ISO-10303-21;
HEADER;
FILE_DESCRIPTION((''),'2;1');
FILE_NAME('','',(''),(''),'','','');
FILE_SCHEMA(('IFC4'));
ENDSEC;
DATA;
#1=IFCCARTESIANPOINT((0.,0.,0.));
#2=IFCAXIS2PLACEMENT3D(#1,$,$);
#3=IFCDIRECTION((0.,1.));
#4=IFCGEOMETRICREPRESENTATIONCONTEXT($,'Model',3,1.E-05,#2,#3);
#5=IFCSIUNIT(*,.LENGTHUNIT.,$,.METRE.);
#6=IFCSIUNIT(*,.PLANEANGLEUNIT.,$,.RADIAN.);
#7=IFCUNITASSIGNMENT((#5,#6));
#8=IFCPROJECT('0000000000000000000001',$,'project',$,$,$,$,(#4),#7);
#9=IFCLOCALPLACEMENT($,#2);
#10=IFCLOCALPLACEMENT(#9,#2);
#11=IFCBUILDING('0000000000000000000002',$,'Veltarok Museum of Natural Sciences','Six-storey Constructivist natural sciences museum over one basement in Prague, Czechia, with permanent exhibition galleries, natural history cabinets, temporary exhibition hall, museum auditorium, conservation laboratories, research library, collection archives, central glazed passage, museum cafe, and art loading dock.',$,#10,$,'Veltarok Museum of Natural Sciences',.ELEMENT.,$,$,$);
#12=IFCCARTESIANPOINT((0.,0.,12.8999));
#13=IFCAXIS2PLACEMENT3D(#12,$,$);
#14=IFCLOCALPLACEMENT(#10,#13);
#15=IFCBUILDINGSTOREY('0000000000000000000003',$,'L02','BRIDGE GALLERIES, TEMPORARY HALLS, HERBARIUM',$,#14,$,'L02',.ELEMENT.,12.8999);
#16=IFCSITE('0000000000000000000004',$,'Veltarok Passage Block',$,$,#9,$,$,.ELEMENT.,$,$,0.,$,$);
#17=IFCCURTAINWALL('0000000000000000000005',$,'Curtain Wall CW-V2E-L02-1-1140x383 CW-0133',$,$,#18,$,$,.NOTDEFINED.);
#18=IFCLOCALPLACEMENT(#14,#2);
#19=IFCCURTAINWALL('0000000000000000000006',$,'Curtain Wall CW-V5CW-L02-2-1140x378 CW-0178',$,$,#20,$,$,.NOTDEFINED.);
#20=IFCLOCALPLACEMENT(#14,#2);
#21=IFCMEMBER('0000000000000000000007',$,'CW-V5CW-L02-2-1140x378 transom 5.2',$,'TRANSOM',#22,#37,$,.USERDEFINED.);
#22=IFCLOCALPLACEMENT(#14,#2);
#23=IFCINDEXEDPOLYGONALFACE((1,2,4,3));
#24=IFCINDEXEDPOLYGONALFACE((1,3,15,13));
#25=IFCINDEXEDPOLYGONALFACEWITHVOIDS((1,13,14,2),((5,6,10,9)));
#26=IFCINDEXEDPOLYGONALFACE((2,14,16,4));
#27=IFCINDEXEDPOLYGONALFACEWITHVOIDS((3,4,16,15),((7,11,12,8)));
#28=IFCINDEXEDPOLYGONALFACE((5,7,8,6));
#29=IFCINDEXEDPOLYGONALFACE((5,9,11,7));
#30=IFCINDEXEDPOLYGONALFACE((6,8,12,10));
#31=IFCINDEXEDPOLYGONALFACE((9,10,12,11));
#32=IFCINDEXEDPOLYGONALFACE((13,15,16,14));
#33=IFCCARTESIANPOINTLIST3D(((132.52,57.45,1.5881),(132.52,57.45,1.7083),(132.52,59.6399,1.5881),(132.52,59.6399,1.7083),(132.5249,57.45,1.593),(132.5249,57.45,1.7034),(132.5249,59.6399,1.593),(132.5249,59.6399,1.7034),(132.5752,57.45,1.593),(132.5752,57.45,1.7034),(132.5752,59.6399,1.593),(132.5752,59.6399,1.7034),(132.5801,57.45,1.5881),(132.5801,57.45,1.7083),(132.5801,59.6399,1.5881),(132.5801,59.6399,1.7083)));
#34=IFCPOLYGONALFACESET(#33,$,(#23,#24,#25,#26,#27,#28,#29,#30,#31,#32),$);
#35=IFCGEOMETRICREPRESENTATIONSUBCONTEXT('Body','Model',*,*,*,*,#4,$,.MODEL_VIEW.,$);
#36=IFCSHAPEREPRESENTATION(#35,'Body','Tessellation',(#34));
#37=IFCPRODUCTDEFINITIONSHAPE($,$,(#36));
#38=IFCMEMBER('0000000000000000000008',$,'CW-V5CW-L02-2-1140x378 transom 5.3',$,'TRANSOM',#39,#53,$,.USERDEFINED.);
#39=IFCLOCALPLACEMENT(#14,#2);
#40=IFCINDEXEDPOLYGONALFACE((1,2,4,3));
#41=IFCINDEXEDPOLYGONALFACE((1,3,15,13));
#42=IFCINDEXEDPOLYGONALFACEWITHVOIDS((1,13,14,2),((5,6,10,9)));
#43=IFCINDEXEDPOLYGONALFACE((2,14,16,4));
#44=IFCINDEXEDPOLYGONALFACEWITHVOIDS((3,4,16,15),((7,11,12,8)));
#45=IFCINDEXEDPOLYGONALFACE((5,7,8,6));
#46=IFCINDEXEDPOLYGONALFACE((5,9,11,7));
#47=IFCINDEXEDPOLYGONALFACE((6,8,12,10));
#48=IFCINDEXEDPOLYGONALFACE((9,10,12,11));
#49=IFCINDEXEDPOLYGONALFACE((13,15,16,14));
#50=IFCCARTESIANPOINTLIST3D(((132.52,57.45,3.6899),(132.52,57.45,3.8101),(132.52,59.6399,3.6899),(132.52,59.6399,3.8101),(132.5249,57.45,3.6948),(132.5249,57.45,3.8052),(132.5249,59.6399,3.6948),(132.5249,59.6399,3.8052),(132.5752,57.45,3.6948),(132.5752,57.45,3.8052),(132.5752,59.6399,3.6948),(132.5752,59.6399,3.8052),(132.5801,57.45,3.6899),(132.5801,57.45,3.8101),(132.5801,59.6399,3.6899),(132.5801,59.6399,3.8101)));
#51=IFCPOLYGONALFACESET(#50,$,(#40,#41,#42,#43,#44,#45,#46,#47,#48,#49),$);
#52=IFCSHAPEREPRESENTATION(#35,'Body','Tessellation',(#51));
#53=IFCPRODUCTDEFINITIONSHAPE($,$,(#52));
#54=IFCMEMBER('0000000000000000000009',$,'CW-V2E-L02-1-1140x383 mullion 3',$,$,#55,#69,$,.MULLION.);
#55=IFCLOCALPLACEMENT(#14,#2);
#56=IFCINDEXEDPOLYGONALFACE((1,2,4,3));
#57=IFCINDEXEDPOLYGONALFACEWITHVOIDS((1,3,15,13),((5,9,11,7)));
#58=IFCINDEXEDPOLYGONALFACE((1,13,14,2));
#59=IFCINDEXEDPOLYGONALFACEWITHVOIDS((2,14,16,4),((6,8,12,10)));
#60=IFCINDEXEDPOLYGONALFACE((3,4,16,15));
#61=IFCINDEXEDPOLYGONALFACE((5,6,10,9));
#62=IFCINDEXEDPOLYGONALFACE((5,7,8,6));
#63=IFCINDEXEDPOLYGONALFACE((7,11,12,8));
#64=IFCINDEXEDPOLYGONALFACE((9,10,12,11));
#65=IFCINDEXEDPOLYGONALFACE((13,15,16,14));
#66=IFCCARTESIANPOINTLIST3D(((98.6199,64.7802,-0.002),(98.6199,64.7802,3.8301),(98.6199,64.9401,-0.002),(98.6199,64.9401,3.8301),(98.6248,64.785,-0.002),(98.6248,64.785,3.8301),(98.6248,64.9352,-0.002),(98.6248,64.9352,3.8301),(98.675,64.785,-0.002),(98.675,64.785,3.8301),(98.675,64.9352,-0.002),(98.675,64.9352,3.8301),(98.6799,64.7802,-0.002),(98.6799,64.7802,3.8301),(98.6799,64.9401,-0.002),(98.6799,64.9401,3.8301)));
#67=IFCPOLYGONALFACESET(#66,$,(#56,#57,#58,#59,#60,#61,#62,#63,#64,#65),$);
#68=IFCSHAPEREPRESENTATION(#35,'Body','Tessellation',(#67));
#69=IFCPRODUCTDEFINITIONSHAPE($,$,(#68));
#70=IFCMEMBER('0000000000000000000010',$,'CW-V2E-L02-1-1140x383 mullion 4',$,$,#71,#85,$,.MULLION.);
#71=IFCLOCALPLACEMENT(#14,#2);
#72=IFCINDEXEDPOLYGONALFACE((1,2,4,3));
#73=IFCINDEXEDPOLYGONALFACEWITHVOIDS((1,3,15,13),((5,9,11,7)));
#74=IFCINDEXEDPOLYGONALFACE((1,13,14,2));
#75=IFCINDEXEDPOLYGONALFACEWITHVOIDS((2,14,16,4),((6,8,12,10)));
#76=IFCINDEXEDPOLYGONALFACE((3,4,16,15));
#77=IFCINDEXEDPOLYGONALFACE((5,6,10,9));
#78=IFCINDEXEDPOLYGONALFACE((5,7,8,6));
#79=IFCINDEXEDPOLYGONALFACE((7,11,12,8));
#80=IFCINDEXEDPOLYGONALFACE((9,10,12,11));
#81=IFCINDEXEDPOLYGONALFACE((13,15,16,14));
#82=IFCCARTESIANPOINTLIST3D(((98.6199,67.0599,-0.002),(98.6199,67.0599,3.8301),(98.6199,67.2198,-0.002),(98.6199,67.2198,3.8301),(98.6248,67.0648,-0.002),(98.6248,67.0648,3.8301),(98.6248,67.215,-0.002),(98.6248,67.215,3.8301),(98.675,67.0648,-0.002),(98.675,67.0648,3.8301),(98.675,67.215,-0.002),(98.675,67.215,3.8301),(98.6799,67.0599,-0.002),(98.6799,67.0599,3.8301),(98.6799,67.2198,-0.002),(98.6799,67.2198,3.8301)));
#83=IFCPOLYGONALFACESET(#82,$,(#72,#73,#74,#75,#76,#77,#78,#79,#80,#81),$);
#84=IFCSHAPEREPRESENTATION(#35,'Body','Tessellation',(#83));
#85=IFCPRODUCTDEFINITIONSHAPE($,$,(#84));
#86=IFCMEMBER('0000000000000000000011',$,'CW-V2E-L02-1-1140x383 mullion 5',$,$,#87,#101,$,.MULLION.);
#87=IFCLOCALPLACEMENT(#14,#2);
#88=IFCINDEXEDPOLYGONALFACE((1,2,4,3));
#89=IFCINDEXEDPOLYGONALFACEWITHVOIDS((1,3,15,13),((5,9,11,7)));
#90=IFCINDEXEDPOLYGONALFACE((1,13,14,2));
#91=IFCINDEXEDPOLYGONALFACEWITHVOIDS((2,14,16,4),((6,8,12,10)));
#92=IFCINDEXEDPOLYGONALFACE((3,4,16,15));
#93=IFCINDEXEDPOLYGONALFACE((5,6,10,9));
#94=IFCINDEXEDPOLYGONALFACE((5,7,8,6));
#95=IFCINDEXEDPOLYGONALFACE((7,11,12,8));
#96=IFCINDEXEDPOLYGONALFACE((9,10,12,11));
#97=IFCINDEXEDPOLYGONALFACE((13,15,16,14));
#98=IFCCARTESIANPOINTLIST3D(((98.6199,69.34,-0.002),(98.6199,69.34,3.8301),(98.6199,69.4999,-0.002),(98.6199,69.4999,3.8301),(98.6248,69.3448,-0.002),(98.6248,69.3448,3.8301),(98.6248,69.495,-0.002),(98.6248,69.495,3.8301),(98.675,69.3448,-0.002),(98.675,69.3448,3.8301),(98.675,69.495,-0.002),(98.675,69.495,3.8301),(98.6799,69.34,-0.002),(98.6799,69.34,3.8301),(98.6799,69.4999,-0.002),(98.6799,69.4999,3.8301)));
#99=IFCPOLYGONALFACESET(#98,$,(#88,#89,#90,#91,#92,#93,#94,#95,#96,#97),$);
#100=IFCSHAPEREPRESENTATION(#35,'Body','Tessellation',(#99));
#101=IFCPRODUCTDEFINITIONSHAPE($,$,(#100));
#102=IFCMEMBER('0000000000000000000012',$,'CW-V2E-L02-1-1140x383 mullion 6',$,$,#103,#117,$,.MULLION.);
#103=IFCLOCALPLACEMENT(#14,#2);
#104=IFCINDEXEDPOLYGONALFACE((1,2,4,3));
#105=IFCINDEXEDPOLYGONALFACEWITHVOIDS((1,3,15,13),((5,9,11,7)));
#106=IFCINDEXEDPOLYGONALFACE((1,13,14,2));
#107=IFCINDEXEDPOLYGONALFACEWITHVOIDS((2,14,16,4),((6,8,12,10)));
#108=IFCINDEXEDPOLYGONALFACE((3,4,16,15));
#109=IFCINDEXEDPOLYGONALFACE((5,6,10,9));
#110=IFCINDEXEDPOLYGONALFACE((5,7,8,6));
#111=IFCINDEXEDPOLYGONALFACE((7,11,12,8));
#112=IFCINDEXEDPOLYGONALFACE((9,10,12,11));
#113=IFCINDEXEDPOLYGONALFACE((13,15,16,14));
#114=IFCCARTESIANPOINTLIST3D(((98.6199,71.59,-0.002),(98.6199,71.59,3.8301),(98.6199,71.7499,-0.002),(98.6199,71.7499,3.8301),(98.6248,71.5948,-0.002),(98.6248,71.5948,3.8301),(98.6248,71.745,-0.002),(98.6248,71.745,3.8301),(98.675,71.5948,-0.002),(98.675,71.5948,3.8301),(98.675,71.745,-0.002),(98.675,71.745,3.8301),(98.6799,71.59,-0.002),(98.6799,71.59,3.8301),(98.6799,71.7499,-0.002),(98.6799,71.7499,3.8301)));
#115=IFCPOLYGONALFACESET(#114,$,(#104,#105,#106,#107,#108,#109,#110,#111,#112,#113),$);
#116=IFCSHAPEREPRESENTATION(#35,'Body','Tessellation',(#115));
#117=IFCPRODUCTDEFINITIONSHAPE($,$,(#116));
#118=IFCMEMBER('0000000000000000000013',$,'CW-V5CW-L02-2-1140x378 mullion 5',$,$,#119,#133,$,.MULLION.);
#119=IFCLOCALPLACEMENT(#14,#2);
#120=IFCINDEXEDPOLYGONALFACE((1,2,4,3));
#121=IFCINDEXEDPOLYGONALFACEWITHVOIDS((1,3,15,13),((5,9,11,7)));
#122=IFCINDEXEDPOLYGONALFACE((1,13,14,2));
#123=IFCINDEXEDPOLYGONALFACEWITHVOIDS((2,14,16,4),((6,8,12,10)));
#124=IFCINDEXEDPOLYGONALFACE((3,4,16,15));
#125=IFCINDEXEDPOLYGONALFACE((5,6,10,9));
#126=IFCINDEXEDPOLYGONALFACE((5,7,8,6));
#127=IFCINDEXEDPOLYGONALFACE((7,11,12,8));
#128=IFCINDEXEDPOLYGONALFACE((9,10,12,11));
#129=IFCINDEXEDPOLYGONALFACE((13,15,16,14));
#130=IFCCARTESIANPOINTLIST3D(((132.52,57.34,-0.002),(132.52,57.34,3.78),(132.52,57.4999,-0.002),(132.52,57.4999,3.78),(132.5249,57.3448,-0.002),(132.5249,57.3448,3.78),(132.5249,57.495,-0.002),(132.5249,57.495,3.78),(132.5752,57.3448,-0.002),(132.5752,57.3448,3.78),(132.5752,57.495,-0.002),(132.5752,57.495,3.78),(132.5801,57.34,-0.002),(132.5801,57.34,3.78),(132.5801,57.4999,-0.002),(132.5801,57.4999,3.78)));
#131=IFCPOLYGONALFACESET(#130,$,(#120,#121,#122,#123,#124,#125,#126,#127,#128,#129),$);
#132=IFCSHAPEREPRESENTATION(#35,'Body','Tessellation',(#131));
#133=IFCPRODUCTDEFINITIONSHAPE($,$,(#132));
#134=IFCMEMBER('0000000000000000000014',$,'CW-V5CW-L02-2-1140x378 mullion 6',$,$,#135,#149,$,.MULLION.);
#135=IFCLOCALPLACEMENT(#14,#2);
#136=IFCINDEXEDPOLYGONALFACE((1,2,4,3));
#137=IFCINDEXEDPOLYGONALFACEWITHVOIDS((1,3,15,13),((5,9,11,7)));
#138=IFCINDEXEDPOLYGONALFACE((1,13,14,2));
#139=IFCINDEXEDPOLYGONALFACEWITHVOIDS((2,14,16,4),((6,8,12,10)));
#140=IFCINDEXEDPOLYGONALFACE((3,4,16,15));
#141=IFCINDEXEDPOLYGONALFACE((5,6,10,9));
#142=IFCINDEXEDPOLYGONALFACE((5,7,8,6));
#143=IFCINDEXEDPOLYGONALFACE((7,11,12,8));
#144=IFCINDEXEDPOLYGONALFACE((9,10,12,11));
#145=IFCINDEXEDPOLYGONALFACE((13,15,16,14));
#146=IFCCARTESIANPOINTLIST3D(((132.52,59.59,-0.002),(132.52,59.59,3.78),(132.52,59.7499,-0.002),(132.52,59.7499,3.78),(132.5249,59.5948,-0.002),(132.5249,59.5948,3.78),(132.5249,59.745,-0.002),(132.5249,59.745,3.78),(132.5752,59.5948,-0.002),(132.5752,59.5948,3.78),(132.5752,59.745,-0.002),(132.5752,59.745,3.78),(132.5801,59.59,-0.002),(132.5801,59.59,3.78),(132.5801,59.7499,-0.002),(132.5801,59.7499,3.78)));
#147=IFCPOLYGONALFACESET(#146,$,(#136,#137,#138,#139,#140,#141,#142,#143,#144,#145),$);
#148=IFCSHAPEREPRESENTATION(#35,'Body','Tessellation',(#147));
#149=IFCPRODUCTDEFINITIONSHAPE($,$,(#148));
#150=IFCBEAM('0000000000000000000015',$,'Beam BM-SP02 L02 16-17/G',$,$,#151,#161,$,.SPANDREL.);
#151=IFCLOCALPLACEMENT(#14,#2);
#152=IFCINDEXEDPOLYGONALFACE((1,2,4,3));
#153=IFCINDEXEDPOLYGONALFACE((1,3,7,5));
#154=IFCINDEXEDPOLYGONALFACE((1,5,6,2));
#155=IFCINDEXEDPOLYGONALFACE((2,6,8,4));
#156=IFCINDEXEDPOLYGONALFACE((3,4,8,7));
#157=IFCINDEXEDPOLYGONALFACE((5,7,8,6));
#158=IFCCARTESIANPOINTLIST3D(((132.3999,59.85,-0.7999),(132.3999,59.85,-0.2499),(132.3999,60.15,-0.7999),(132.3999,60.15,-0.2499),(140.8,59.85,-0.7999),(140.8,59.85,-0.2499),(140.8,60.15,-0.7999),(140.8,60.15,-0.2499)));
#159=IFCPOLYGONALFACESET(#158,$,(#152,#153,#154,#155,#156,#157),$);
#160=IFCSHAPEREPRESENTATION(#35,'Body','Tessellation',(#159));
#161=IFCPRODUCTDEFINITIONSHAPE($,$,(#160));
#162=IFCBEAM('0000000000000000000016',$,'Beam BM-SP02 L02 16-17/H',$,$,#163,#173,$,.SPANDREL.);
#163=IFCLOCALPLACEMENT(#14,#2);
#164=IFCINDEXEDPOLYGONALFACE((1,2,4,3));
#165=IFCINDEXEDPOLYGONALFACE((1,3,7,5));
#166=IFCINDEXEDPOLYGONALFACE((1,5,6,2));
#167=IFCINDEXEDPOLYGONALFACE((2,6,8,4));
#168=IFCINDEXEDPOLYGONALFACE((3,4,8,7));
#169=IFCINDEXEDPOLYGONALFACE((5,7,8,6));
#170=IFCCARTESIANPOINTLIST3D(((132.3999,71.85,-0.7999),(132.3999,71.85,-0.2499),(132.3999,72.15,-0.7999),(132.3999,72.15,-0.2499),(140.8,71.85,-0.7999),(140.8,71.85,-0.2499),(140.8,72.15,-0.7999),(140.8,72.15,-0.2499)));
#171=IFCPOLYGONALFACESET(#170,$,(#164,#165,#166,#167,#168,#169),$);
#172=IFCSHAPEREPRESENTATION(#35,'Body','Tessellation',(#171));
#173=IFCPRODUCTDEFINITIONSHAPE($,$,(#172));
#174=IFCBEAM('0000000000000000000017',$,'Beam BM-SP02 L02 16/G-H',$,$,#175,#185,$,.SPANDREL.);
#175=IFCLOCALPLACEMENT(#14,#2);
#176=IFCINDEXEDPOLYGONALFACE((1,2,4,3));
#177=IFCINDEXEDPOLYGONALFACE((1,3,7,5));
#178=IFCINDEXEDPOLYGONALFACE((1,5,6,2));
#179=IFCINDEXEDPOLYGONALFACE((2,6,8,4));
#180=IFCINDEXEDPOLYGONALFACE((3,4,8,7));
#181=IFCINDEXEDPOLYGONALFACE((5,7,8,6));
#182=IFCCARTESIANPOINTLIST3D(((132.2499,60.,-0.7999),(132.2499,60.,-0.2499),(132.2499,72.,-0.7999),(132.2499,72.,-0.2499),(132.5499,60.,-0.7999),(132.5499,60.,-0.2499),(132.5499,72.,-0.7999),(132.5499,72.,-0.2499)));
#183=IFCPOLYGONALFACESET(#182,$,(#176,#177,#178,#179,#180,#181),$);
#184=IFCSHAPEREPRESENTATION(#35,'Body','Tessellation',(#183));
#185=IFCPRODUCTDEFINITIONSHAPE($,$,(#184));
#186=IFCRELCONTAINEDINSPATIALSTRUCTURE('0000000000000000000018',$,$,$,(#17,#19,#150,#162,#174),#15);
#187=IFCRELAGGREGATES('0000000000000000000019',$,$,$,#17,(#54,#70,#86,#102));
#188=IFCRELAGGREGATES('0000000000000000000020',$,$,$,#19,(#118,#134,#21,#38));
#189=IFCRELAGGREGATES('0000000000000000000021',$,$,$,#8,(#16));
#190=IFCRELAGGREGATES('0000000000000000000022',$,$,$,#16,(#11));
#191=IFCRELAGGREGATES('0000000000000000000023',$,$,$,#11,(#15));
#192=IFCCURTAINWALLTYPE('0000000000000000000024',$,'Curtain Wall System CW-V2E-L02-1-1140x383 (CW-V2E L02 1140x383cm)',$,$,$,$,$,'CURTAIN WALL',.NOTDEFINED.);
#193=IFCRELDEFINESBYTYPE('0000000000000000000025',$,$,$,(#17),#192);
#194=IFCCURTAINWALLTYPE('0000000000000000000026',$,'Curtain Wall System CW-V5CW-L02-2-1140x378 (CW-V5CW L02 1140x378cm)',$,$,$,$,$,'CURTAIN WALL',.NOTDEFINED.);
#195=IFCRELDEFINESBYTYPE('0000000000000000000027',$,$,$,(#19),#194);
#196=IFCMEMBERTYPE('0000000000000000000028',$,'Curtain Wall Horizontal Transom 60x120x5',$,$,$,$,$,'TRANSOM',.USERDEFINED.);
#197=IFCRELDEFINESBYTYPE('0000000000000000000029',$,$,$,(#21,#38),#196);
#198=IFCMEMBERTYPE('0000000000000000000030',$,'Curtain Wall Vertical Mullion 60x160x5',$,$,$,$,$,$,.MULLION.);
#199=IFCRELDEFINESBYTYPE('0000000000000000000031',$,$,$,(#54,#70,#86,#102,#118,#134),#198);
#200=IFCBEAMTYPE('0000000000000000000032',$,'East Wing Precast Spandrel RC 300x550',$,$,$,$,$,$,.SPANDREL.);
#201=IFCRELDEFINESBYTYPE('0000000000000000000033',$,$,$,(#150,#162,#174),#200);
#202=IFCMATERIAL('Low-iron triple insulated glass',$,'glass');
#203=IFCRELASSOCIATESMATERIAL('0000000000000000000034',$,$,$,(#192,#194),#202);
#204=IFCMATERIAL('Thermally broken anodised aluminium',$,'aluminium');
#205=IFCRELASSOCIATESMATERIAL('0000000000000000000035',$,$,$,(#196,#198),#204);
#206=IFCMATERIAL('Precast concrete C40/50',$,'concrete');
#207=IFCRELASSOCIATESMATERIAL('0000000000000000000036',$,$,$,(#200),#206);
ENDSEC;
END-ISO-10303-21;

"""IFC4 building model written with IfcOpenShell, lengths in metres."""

from ifc_helpers import new_model, si_unit, direction, frame, origin, origin_2d, place, context, subcontext, project, spatial, rectangle, hollow_rectangle, extrude, material, material_profile, profile_set, type_object, element, aggregate, save


model = new_model("IFC4")

# Units and contexts
model_context = context("Model", 3, precision=1e-05, world=origin(), true_north=direction((0.0, 1.0)))
body_context = subcontext(model_context, "Body", "Model", "MODEL_VIEW")
ifc_project = project(units=[si_unit("LENGTHUNIT", "METRE"), si_unit("PLANEANGLEUNIT", "RADIAN")], contexts=[model_context])

# Site, building, storey
site_placement = place(None, origin())
site = spatial("IfcSite", under=ifc_project, at=site_placement, Name="Veltarok Passage Block", CompositionType="ELEMENT", RefElevation=0.0)
building_placement = place(site_placement, origin())
building = spatial("IfcBuilding", under=site, at=building_placement, Name="Veltarok Museum of Natural Sciences", Description="Six-storey Constructivist natural sciences museum over one basement in Prague, Czechia, with permanent exhibition galleries, natural history cabinets, temporary exhibition hall, museum auditorium, conservation laboratories, research library, collection archives, central glazed passage, museum cafe, and art loading dock.", LongName="Veltarok Museum of Natural Sciences", CompositionType="ELEMENT")
storey_placement = place(building_placement, frame((0.0, 0.0, 12.8999)))
storey = spatial("IfcBuildingStorey", under=building, at=storey_placement, Name="L02", Description="BRIDGE GALLERIES, TEMPORARY HALLS, HERBARIUM", LongName="L02", CompositionType="ELEMENT", Elevation=12.8999)

# Curtain walls, members
ifc_material_1 = material(Name="Low-iron triple insulated glass", Category="glass")
curtain_wall_type_1 = type_object("IfcCurtainWallType", Name="Curtain Wall System CW-V2E-L02-1-1140x383 (CW-V2E L02 1140x383cm)", ElementType="CURTAIN WALL", PredefinedType="NOTDEFINED", material=ifc_material_1)
curtain_wall_1_placement = place(storey_placement, origin())
curtain_wall_1 = element("IfcCurtainWall", 1, at=curtain_wall_1_placement, inside=storey, type_object=curtain_wall_type_1, Name="Curtain Wall CW-V2E-L02-1-1140x383 CW-0133", PredefinedType="NOTDEFINED")
ifc_material_2 = material(Name="Thermally broken anodised aluminium", Category="aluminium")
ifc_material_profile_1 = material_profile(ifc_material_2, hollow_rectangle(XDim=0.0601, YDim=0.1201, WallThickness=0.0049, at=origin_2d()), Name="CW TRANSOM 60x120x5")
ifc_profile_set_1 = profile_set([ifc_material_profile_1], Name="Thermally broken anodised aluminium")
member_type_1 = type_object("IfcMemberType", Name="Curtain Wall Horizontal Transom 60x120x5", ElementType="TRANSOM", PredefinedType="USERDEFINED", material=ifc_profile_set_1)
curtain_wall_type_2 = type_object("IfcCurtainWallType", Name="Curtain Wall System CW-V5CW-L02-2-1140x378 (CW-V5CW L02 1140x378cm)", ElementType="CURTAIN WALL", PredefinedType="NOTDEFINED", material=ifc_material_1)
curtain_wall_2_placement = place(storey_placement, origin())
curtain_wall_2 = element("IfcCurtainWall", 2, at=curtain_wall_2_placement, inside=storey, type_object=curtain_wall_type_2, Name="Curtain Wall CW-V5CW-L02-2-1140x378 CW-0178", PredefinedType="NOTDEFINED")
member_1_placement = place(storey_placement, frame((132.55, 57.45, 1.6482), z_axis=(0.0, 1.0, 0.0), x_axis=(-1.0, 0.0, 0.0)))
member_1 = element("IfcMember", 3, at=member_1_placement, type_object=member_type_1, Name="CW-V5CW-L02-2-1140x378 transom 5.2", ObjectType="TRANSOM", PredefinedType="USERDEFINED", context=body_context, shape_type="SweptSolid", body=[
    extrude(hollow_rectangle(XDim=0.0601, YDim=0.1201, WallThickness=0.0049, at=origin_2d()), origin(), (0.0, 0.0, 1.0), 2.1899),
])
member_2_placement = place(storey_placement, frame((132.55, 57.45, 3.75), z_axis=(0.0, 1.0, 0.0), x_axis=(-1.0, 0.0, 0.0)))
member_2 = element("IfcMember", 4, at=member_2_placement, type_object=member_type_1, Name="CW-V5CW-L02-2-1140x378 transom 5.3", ObjectType="TRANSOM", PredefinedType="USERDEFINED", context=body_context, shape_type="SweptSolid", body=[
    extrude(hollow_rectangle(XDim=0.0601, YDim=0.1201, WallThickness=0.0049, at=origin_2d()), origin(), (0.0, 0.0, 1.0), 2.1899),
])

# Members
ifc_material_profile_2 = material_profile(ifc_material_2, hollow_rectangle(XDim=0.0601, YDim=0.1599, WallThickness=0.0049, at=origin_2d()), Name="CW MULLION 60x160x5")
ifc_profile_set_2 = profile_set([ifc_material_profile_2], Name="Thermally broken anodised aluminium")
member_type_2 = type_object("IfcMemberType", Name="Curtain Wall Vertical Mullion 60x160x5", PredefinedType="MULLION", material=ifc_profile_set_2)
member_3_placement = place(storey_placement, frame((98.6499, 64.8601, -0.002), z_axis=(0.0, 0.0, 1.0), x_axis=(-1.0, 0.0, 0.0)))
member_3 = element("IfcMember", 5, at=member_3_placement, type_object=member_type_2, Name="CW-V2E-L02-1-1140x383 mullion 3", PredefinedType="MULLION", context=body_context, shape_type="SweptSolid", body=[
    extrude(hollow_rectangle(XDim=0.0601, YDim=0.1599, WallThickness=0.0049, at=origin_2d()), origin(), (0.0, 0.0, 1.0), 3.832),
])
member_4_placement = place(storey_placement, frame((98.6499, 67.1399, -0.002), z_axis=(0.0, 0.0, 1.0), x_axis=(-1.0, 0.0, 0.0)))
member_4 = element("IfcMember", 6, at=member_4_placement, type_object=member_type_2, Name="CW-V2E-L02-1-1140x383 mullion 4", PredefinedType="MULLION", context=body_context, shape_type="SweptSolid", body=[
    extrude(hollow_rectangle(XDim=0.0601, YDim=0.1599, WallThickness=0.0049, at=origin_2d()), origin(), (0.0, 0.0, 1.0), 3.832),
])
member_5_placement = place(storey_placement, frame((98.6499, 69.4199, -0.002), z_axis=(0.0, 0.0, 1.0), x_axis=(-1.0, 0.0, 0.0)))
member_5 = element("IfcMember", 7, at=member_5_placement, type_object=member_type_2, Name="CW-V2E-L02-1-1140x383 mullion 5", PredefinedType="MULLION", context=body_context, shape_type="SweptSolid", body=[
    extrude(hollow_rectangle(XDim=0.0601, YDim=0.1599, WallThickness=0.0049, at=origin_2d()), origin(), (0.0, 0.0, 1.0), 3.832),
])
member_6_placement = place(storey_placement, frame((98.6499, 71.6699, -0.002), z_axis=(0.0, 0.0, 1.0), x_axis=(-1.0, 0.0, 0.0)))
member_6 = element("IfcMember", 8, at=member_6_placement, type_object=member_type_2, Name="CW-V2E-L02-1-1140x383 mullion 6", PredefinedType="MULLION", context=body_context, shape_type="SweptSolid", body=[
    extrude(hollow_rectangle(XDim=0.0601, YDim=0.1599, WallThickness=0.0049, at=origin_2d()), origin(), (0.0, 0.0, 1.0), 3.832),
])
member_7_placement = place(storey_placement, frame((132.55, 57.4199, -0.002), z_axis=(0.0, 0.0, 1.0), x_axis=(-1.0, 0.0, 0.0)))
member_7 = element("IfcMember", 9, at=member_7_placement, type_object=member_type_2, Name="CW-V5CW-L02-2-1140x378 mullion 5", PredefinedType="MULLION", context=body_context, shape_type="SweptSolid", body=[
    extrude(hollow_rectangle(XDim=0.0601, YDim=0.1599, WallThickness=0.0049, at=origin_2d()), origin(), (0.0, 0.0, 1.0), 3.782),
])
member_8_placement = place(storey_placement, frame((132.55, 59.6699, -0.002), z_axis=(0.0, 0.0, 1.0), x_axis=(-1.0, 0.0, 0.0)))
member_8 = element("IfcMember", 10, at=member_8_placement, type_object=member_type_2, Name="CW-V5CW-L02-2-1140x378 mullion 6", PredefinedType="MULLION", context=body_context, shape_type="SweptSolid", body=[
    extrude(hollow_rectangle(XDim=0.0601, YDim=0.1599, WallThickness=0.0049, at=origin_2d()), origin(), (0.0, 0.0, 1.0), 3.782),
])

# Beams
ifc_material_3 = material(Name="Precast concrete C40/50", Category="concrete")
ifc_material_profile_3 = material_profile(ifc_material_3, rectangle(XDim=0.3, YDim=0.55, at=origin_2d()), Name="RC 300x550")
ifc_profile_set_3 = profile_set([ifc_material_profile_3], Name="Precast concrete C40/50")
beam_type_1 = type_object("IfcBeamType", Name="East Wing Precast Spandrel RC 300x550", PredefinedType="SPANDREL", material=ifc_profile_set_3)
for number, where, z_axis, x_axis, name in (
    (11, (132.3999, 60.0, -0.5249), (1.0, 0.0, 0.0), (0.0, 1.0, 0.0), "Beam BM-SP02 L02 16-17/G"),
    (12, (132.3999, 72.0, -0.5249), (1.0, 0.0, 0.0), (0.0, 1.0, 0.0), "Beam BM-SP02 L02 16-17/H"),
):
    element("IfcBeam", number, at=place(storey_placement, frame(where, z_axis=z_axis, x_axis=x_axis)), inside=storey, type_object=beam_type_1, Name=name, PredefinedType="SPANDREL", context=body_context, shape_type="SweptSolid", body=[
        extrude(rectangle(XDim=0.3, YDim=0.55, at=origin_2d()), origin(), (0.0, 0.0, 1.0), 8.4001),
    ])
beam_1_placement = place(storey_placement, frame((132.3999, 60.0, -0.5249), z_axis=(0.0, 1.0, 0.0), x_axis=(-1.0, 0.0, 0.0)))
element("IfcBeam", 13, at=beam_1_placement, inside=storey, type_object=beam_type_1, Name="Beam BM-SP02 L02 16/G-H", PredefinedType="SPANDREL", context=body_context, shape_type="SweptSolid", body=[
    extrude(rectangle(XDim=0.3, YDim=0.55, at=origin_2d()), origin(), (0.0, 0.0, 1.0), 12.0),
])

aggregate(curtain_wall_1, [member_3, member_4, member_5, member_6])
aggregate(curtain_wall_2, [member_7, member_8, member_1, member_2])

save(model, "model.ifc")
